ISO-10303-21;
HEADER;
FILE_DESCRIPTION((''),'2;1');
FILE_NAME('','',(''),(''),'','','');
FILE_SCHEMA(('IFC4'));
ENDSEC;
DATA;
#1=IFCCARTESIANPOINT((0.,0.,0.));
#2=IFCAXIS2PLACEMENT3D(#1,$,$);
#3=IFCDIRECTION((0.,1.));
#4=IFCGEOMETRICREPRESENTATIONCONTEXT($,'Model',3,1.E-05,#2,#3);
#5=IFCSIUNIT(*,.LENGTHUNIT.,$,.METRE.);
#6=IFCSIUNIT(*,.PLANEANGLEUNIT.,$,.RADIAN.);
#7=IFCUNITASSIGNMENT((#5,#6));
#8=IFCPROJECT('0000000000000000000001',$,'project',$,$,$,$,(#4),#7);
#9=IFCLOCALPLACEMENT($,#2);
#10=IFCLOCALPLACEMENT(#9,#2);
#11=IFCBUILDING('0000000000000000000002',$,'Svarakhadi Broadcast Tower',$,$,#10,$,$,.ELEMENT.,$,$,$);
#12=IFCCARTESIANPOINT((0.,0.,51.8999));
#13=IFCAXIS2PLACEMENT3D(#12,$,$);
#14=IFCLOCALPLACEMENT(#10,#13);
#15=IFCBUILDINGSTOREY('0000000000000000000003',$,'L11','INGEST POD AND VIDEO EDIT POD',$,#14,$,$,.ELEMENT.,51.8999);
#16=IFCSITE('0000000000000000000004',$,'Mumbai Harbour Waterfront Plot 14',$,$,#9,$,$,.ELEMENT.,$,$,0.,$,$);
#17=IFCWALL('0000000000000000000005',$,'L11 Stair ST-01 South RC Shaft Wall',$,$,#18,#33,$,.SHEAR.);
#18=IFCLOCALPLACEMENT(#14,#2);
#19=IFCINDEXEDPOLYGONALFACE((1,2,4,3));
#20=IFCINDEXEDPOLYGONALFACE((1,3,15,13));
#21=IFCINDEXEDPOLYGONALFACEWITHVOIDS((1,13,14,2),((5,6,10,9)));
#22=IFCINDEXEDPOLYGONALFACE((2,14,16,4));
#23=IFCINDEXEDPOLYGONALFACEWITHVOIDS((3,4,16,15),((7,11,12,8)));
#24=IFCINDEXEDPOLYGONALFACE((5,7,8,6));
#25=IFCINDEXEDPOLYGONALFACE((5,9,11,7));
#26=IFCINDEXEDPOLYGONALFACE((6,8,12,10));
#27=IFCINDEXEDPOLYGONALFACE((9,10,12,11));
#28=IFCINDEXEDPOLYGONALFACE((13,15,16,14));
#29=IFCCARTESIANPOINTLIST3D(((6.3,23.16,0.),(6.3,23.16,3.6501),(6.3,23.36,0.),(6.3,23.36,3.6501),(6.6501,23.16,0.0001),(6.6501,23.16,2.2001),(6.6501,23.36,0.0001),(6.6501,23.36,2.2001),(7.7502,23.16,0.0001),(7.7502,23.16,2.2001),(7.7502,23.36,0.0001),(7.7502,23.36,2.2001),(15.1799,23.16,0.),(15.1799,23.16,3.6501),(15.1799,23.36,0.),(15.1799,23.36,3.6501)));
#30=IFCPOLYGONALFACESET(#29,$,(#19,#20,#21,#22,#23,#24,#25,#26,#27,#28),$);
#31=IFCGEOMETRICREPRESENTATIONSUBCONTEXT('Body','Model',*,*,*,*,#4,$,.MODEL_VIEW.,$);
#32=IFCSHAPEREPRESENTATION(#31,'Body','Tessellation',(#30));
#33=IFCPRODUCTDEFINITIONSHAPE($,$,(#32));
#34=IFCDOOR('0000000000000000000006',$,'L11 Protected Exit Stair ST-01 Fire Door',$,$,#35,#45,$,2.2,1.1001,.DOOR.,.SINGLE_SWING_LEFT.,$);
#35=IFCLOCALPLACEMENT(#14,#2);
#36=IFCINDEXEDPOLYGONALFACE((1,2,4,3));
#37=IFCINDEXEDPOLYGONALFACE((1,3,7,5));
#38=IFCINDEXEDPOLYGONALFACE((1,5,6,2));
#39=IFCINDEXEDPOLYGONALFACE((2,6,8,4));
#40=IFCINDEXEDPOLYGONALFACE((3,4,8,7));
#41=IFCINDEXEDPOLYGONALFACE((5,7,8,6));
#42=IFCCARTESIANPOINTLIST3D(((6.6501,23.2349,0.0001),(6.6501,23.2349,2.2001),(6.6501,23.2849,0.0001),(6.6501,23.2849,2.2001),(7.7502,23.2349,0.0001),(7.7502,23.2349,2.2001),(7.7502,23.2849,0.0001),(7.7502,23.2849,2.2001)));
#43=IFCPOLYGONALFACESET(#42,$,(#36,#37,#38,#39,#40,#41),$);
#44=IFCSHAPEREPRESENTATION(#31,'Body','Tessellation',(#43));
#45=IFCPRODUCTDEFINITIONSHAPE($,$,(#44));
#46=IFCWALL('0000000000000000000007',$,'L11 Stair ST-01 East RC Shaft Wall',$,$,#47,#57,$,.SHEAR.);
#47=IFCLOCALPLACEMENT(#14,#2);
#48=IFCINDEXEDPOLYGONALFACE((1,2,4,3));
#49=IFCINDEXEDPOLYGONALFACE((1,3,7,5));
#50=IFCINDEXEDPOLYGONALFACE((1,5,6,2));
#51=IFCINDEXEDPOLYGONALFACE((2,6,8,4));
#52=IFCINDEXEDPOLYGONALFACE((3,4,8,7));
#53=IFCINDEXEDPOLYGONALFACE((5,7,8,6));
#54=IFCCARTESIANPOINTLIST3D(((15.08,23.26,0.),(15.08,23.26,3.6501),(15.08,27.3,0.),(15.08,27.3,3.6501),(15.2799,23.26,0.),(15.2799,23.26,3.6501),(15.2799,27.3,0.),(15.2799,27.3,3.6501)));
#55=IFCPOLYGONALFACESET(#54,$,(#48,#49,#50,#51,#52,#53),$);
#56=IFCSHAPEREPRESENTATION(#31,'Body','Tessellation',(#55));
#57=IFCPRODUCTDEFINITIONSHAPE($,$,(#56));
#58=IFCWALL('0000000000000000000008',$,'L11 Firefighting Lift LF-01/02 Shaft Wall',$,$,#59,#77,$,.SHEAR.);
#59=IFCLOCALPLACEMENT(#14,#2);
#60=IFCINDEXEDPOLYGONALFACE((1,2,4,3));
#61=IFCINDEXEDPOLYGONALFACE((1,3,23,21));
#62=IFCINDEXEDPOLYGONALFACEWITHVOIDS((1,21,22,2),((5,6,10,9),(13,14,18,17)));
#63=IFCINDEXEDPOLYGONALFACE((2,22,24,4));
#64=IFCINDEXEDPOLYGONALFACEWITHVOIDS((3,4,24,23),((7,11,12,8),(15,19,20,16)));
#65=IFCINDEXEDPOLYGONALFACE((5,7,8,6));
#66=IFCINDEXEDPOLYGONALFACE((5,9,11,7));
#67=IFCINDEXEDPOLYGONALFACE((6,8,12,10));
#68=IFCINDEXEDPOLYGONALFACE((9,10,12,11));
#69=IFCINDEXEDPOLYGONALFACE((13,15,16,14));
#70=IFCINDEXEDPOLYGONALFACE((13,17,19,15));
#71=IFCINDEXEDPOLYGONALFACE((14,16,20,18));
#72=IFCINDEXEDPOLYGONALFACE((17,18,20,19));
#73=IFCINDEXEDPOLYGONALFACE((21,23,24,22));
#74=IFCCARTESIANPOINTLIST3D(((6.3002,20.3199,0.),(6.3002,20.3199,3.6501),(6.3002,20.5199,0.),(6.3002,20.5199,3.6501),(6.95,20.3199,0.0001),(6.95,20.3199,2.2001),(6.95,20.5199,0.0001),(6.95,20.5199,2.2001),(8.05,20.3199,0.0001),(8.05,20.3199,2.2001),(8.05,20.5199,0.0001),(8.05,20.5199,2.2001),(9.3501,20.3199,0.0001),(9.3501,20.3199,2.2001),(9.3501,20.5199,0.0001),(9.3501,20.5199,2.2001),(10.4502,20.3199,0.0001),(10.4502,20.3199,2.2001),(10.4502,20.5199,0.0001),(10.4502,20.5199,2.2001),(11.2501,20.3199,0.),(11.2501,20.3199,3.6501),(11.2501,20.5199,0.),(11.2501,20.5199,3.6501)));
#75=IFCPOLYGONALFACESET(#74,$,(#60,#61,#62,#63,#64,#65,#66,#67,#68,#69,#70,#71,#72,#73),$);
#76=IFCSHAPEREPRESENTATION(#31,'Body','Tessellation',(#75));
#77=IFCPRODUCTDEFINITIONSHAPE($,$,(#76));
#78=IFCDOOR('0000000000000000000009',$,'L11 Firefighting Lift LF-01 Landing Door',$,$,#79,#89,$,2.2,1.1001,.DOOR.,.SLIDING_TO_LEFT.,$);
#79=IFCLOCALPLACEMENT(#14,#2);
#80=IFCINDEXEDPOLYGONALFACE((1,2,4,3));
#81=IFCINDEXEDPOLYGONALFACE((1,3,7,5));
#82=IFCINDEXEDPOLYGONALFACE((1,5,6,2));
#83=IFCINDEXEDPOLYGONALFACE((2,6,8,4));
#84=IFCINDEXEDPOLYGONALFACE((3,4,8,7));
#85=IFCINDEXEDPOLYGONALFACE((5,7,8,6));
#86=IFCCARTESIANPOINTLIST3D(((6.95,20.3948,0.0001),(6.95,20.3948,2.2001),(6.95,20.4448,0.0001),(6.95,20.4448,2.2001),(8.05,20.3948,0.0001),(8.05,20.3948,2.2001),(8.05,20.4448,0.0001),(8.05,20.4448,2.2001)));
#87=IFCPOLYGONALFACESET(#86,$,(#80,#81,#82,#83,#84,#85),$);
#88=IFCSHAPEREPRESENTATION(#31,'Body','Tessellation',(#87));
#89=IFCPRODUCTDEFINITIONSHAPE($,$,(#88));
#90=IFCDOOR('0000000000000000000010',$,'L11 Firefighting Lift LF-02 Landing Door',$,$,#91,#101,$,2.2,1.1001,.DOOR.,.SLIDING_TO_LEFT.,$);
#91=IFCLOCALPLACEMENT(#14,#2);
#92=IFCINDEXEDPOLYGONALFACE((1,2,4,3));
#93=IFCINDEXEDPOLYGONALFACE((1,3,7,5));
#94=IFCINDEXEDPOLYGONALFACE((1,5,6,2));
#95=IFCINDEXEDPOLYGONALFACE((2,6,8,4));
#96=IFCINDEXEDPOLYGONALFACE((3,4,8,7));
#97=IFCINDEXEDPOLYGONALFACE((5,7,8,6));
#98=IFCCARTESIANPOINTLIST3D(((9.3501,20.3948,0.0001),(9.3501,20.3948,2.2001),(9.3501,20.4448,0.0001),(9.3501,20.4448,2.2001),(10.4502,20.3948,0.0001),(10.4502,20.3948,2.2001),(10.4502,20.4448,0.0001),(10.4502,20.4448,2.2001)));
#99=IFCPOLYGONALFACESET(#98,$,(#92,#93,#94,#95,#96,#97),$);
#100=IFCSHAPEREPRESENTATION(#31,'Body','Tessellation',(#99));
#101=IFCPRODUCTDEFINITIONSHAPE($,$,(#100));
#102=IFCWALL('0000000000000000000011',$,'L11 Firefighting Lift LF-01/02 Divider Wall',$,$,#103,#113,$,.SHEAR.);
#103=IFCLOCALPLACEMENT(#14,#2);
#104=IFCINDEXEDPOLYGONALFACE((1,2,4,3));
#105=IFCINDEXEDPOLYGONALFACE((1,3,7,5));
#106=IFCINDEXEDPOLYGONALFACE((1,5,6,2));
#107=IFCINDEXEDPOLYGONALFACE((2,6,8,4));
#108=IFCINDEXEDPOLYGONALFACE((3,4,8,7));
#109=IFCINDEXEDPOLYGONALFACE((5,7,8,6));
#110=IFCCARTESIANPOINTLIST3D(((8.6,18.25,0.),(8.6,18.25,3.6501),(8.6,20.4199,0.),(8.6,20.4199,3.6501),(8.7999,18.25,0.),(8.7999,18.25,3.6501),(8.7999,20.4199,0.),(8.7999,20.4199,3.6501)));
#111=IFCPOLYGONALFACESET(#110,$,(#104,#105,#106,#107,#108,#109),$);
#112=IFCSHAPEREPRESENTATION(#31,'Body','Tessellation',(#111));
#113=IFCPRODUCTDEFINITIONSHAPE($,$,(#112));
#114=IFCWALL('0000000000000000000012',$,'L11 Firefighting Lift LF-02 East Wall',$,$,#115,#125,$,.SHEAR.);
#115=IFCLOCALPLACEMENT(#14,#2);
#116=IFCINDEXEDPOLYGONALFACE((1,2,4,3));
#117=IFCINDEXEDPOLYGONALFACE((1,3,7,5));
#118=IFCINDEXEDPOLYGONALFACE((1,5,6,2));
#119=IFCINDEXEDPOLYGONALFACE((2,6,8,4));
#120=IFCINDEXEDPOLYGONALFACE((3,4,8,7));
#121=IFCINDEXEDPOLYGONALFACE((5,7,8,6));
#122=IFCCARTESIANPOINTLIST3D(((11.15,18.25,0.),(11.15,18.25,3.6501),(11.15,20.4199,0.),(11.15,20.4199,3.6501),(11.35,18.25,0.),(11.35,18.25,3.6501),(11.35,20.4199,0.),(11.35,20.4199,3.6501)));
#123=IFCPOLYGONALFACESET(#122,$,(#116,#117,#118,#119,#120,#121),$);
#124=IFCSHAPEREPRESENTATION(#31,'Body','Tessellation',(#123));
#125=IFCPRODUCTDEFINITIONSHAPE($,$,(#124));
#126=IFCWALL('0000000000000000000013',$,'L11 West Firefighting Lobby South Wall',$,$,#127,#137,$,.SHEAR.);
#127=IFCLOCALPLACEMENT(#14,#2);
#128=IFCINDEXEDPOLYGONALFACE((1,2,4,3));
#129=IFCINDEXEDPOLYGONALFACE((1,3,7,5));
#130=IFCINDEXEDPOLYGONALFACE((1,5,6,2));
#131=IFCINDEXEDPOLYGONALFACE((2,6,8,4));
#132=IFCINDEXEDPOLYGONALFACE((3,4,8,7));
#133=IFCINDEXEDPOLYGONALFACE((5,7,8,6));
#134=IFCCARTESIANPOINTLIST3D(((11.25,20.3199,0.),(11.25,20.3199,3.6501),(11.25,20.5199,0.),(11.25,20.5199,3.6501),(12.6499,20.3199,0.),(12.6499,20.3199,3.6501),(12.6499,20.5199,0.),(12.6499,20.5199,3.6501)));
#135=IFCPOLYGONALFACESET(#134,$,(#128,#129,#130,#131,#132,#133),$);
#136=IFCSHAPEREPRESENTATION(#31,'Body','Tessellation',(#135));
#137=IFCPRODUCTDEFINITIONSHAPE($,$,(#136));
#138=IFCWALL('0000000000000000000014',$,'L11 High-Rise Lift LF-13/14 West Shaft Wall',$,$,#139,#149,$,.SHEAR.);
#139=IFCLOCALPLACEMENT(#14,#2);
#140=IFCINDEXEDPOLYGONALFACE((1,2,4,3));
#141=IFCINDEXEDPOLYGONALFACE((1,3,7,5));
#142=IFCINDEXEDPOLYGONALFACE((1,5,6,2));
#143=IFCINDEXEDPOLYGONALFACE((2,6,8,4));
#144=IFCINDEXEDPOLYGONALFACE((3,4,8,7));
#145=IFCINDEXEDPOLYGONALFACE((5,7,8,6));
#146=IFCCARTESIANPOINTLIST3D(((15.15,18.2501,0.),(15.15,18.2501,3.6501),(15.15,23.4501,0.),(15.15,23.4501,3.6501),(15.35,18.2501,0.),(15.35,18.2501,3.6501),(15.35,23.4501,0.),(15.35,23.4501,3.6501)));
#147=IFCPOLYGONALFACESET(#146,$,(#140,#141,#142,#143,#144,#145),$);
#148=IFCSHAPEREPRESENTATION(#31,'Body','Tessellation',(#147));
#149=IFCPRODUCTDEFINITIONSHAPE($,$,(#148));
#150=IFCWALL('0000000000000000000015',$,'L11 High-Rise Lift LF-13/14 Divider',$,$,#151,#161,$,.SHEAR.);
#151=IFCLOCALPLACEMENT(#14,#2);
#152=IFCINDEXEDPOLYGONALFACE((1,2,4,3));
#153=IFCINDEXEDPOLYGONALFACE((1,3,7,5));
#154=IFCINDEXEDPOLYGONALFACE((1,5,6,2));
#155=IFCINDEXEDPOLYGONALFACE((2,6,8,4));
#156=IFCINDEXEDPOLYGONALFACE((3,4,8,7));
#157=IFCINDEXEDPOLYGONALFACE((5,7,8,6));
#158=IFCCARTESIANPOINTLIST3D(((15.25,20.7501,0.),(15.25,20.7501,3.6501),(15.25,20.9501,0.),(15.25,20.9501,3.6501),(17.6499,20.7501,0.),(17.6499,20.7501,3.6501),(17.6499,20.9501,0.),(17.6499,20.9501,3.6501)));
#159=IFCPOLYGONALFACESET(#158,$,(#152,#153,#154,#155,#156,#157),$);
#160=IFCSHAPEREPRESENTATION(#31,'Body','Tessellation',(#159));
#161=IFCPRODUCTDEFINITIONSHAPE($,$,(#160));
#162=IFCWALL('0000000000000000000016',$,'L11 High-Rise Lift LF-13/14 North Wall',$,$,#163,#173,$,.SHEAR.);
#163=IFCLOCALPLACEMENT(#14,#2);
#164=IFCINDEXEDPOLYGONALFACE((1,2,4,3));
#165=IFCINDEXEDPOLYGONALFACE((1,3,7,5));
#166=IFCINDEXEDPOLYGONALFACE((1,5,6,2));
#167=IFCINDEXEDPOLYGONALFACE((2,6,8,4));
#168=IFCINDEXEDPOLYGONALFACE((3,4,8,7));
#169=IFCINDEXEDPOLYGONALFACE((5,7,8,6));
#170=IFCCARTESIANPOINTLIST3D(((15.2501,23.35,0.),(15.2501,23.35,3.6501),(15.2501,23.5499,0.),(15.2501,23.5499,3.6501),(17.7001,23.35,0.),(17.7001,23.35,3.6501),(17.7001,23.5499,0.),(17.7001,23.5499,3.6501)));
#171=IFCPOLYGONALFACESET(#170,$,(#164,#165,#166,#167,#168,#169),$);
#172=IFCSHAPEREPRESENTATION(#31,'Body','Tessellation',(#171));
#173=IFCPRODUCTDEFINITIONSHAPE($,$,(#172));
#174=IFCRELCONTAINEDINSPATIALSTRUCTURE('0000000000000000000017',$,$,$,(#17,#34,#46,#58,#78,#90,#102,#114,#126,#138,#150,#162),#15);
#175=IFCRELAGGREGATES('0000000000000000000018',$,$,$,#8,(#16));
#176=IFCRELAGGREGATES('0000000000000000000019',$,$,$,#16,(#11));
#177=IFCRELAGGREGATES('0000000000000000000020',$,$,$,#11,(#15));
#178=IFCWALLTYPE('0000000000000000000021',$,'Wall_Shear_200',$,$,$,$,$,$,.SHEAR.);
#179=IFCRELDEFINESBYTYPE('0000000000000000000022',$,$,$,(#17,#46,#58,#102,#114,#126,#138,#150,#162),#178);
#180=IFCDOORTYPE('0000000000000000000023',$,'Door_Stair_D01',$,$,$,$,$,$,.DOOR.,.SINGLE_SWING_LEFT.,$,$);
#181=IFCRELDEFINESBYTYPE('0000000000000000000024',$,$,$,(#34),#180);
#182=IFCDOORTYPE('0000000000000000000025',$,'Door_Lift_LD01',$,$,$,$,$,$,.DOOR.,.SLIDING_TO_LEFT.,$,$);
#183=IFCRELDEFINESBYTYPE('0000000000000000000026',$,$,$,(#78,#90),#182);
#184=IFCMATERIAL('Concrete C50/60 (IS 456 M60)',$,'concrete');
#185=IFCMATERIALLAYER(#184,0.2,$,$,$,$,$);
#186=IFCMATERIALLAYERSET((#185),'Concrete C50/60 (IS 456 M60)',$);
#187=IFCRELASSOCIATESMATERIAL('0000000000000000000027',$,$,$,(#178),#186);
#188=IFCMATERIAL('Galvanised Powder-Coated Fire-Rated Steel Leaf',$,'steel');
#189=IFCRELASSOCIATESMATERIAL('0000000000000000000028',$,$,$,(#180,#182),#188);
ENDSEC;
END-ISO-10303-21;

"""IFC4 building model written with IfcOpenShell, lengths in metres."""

from ifc_helpers import new_model, si_unit, direction, frame, frame_2d, origin, place, context, subcontext, project, spatial, rectangle, extrude, material, layer, layer_set, type_object, element, fill, save


model = new_model("IFC4")

# Units and contexts
model_context = context("Model", 3, precision=1e-05, world=origin(), true_north=direction((0.0, 1.0)))
body_context = subcontext(model_context, "Body", "Model", "MODEL_VIEW")
ifc_project = project(units=[si_unit("LENGTHUNIT", "METRE"), si_unit("PLANEANGLEUNIT", "RADIAN")], contexts=[model_context])

# Site, building, storey
site_placement = place(None, origin())
site = spatial("IfcSite", under=ifc_project, at=site_placement, Name="Mumbai Harbour Waterfront Plot 14", CompositionType="ELEMENT", RefElevation=0.0)
building_placement = place(site_placement, origin())
building = spatial("IfcBuilding", under=site, at=building_placement, Name="Svarakhadi Broadcast Tower", CompositionType="ELEMENT")
storey_placement = place(building_placement, frame((0.0, 0.0, 51.8999)))
storey = spatial("IfcBuildingStorey", under=building, at=storey_placement, Name="L11", Description="INGEST POD AND VIDEO EDIT POD", CompositionType="ELEMENT", Elevation=51.8999)

# Shared definitions
ifc_material_1 = material(Name="Concrete C50/60 (IS 456 M60)", Category="concrete")

# Wall, opening, door
ifc_layer = layer(ifc_material_1, 0.2)
ifc_layer_set = layer_set([ifc_layer], Name="Concrete C50/60 (IS 456 M60)")
wall_type = type_object("IfcWallType", Name="Wall_Shear_200", PredefinedType="SHEAR", material=ifc_layer_set)
wall_1_placement = place(storey_placement, frame((6.3, 23.26, 0.0), z_axis=(0.0, 0.0, 1.0), x_axis=(1.0, 0.0, 0.0)))
wall_1 = element("IfcWall", 1, at=wall_1_placement, inside=storey, type_object=wall_type, Name="L11 Stair ST-01 South RC Shaft Wall", PredefinedType="SHEAR", context=body_context, shape_type="SweptSolid", body=[
    extrude(rectangle(XDim=8.8799, YDim=0.2, at=frame_2d((4.4399, 0.0))), origin(), (0.0, 0.0, 1.0), 3.6501),
])
opening_1_placement = place(wall_1_placement, frame((0.3501, 0.0, 0.0)))
opening_1 = element("IfcOpeningElement", 2, at=opening_1_placement, cuts=wall_1, PredefinedType="OPENING", context=body_context, shape_type="SweptSolid", body=[
    extrude(rectangle(XDim=1.1001, YDim=2.2, at=frame_2d((0.55, 1.1001))), frame((0.0, 0.1099, 0.0), z_axis=(0.0, -1.0, 0.0), x_axis=(1.0, 0.0, 0.0)), (0.0, 0.0, 1.0), 0.22),
])
ifc_material_2 = material(Name="Galvanised Powder-Coated Fire-Rated Steel Leaf", Category="steel")
door_type_1 = type_object("IfcDoorType", Name="Door_Stair_D01", OperationType="SINGLE_SWING_LEFT", PredefinedType="DOOR", material=ifc_material_2)
door_1_placement = place(opening_1_placement, origin())
door_1 = element("IfcDoor", 3, at=door_1_placement, inside=storey, type_object=door_type_1, Name="L11 Protected Exit Stair ST-01 Fire Door", OperationType="SINGLE_SWING_LEFT", OverallHeight=2.2, OverallWidth=1.1001, PredefinedType="DOOR", context=body_context, shape_type="SweptSolid", body=[
    extrude(rectangle(XDim=1.1001, YDim=2.2, at=frame_2d((0.55, 1.1001))), frame((0.0, 0.0249, 0.0), z_axis=(0.0, -1.0, 0.0), x_axis=(1.0, 0.0, 0.0)), (0.0, 0.0, 1.0), 0.05),
])
fill(opening_1, door_1)

# Wall
wall_2_placement = place(storey_placement, frame((15.1799, 23.26, 0.0), z_axis=(0.0, 0.0, 1.0), x_axis=(0.0, 1.0, 0.0)))
element("IfcWall", 4, at=wall_2_placement, inside=storey, type_object=wall_type, Name="L11 Stair ST-01 East RC Shaft Wall", PredefinedType="SHEAR", context=body_context, shape_type="SweptSolid", body=[
    extrude(rectangle(XDim=4.04, YDim=0.2, at=frame_2d((2.02, 0.0))), origin(), (0.0, 0.0, 1.0), 3.6501),
])

# Wall, openings, doors
wall_3_placement = place(storey_placement, frame((6.3, 20.4199, 0.0), z_axis=(0.0, 0.0, 1.0), x_axis=(1.0, 0.0, 0.0)))
wall_3 = element("IfcWall", 5, at=wall_3_placement, inside=storey, type_object=wall_type, Name="L11 Firefighting Lift LF-01/02 Shaft Wall", PredefinedType="SHEAR", context=body_context, shape_type="SweptSolid", body=[
    extrude(rectangle(XDim=4.95, YDim=0.2, at=frame_2d((2.4751, 0.0))), origin(), (0.0, 0.0, 1.0), 3.6501),
])
opening_2_placement = place(wall_3_placement, frame((0.6499, 0.0, 0.0)))
opening_2 = element("IfcOpeningElement", 6, at=opening_2_placement, cuts=wall_3, PredefinedType="OPENING", context=body_context, shape_type="SweptSolid", body=[
    extrude(rectangle(XDim=1.1001, YDim=2.2, at=frame_2d((0.55, 1.1001))), frame((0.0, 0.1099, 0.0), z_axis=(0.0, -1.0, 0.0), x_axis=(1.0, 0.0, 0.0)), (0.0, 0.0, 1.0), 0.22),
])
opening_3_placement = place(wall_3_placement, frame((3.05, 0.0, 0.0)))
opening_3 = element("IfcOpeningElement", 7, at=opening_3_placement, cuts=wall_3, PredefinedType="OPENING", context=body_context, shape_type="SweptSolid", body=[
    extrude(rectangle(XDim=1.1001, YDim=2.2, at=frame_2d((0.55, 1.1001))), frame((0.0, 0.1099, 0.0), z_axis=(0.0, -1.0, 0.0), x_axis=(1.0, 0.0, 0.0)), (0.0, 0.0, 1.0), 0.22),
])
door_type_2 = type_object("IfcDoorType", Name="Door_Lift_LD01", OperationType="SLIDING_TO_LEFT", PredefinedType="DOOR", material=ifc_material_2)
door_2_placement = place(opening_2_placement, origin())
door_2 = element("IfcDoor", 8, at=door_2_placement, inside=storey, type_object=door_type_2, Name="L11 Firefighting Lift LF-01 Landing Door", OperationType="SLIDING_TO_LEFT", OverallHeight=2.2, OverallWidth=1.1001, PredefinedType="DOOR", context=body_context, shape_type="SweptSolid", body=[
    extrude(rectangle(XDim=1.1001, YDim=2.2, at=frame_2d((0.55, 1.1001))), frame((0.0, 0.0249, 0.0), z_axis=(0.0, -1.0, 0.0), x_axis=(1.0, 0.0, 0.0)), (0.0, 0.0, 1.0), 0.05),
])
fill(opening_2, door_2)
door_3_placement = place(opening_3_placement, origin())
door_3 = element("IfcDoor", 9, at=door_3_placement, inside=storey, type_object=door_type_2, Name="L11 Firefighting Lift LF-02 Landing Door", OperationType="SLIDING_TO_LEFT", OverallHeight=2.2, OverallWidth=1.1001, PredefinedType="DOOR", context=body_context, shape_type="SweptSolid", body=[
    extrude(rectangle(XDim=1.1001, YDim=2.2, at=frame_2d((0.55, 1.1001))), frame((0.0, 0.0249, 0.0), z_axis=(0.0, -1.0, 0.0), x_axis=(1.0, 0.0, 0.0)), (0.0, 0.0, 1.0), 0.05),
])
fill(opening_3, door_3)

# Walls
for number, where, z_axis, x_axis, name in (
    (10, (8.7, 18.25, 0.0), (0.0, 0.0, 1.0), (0.0, 1.0, 0.0), "L11 Firefighting Lift LF-01/02 Divider Wall"),
    (11, (11.25, 18.25, 0.0), (0.0, 0.0, 1.0), (0.0, 1.0, 0.0), "L11 Firefighting Lift LF-02 East Wall"),
):
    element("IfcWall", number, at=place(storey_placement, frame(where, z_axis=z_axis, x_axis=x_axis)), inside=storey, type_object=wall_type, Name=name, PredefinedType="SHEAR", context=body_context, shape_type="SweptSolid", body=[
        extrude(rectangle(XDim=2.1699, YDim=0.2, at=frame_2d((1.085, 0.0))), origin(), (0.0, 0.0, 1.0), 3.6501),
    ])
wall_4_placement = place(storey_placement, frame((11.25, 20.4199, 0.0), z_axis=(0.0, 0.0, 1.0), x_axis=(1.0, 0.0, 0.0)))
element("IfcWall", 12, at=wall_4_placement, inside=storey, type_object=wall_type, Name="L11 West Firefighting Lobby South Wall", PredefinedType="SHEAR", context=body_context, shape_type="SweptSolid", body=[
    extrude(rectangle(XDim=1.3999, YDim=0.2, at=frame_2d((0.7, 0.0))), origin(), (0.0, 0.0, 1.0), 3.6501),
])

# Walls
wall_5_placement = place(storey_placement, frame((15.25, 18.25, 0.0), z_axis=(0.0, 0.0, 1.0), x_axis=(0.0, 1.0, 0.0)))
element("IfcWall", 13, at=wall_5_placement, inside=storey, type_object=wall_type, Name="L11 High-Rise Lift LF-13/14 West Shaft Wall", PredefinedType="SHEAR", context=body_context, shape_type="SweptSolid", body=[
    extrude(rectangle(XDim=5.2, YDim=0.2, at=frame_2d((2.6001, 0.0))), origin(), (0.0, 0.0, 1.0), 3.6501),
])
wall_6_placement = place(storey_placement, frame((15.25, 20.8501, 0.0), z_axis=(0.0, 0.0, 1.0), x_axis=(1.0, 0.0, 0.0)))
element("IfcWall", 14, at=wall_6_placement, inside=storey, type_object=wall_type, Name="L11 High-Rise Lift LF-13/14 Divider", PredefinedType="SHEAR", context=body_context, shape_type="SweptSolid", body=[
    extrude(rectangle(XDim=2.3999, YDim=0.2, at=frame_2d((1.2, 0.0))), origin(), (0.0, 0.0, 1.0), 3.6501),
])
wall_7_placement = place(storey_placement, frame((15.25, 23.45, 0.0), z_axis=(0.0, 0.0, 1.0), x_axis=(1.0, 0.0, 0.0)))
element("IfcWall", 15, at=wall_7_placement, inside=storey, type_object=wall_type, Name="L11 High-Rise Lift LF-13/14 North Wall", PredefinedType="SHEAR", context=body_context, shape_type="SweptSolid", body=[
    extrude(rectangle(XDim=2.45, YDim=0.2, at=frame_2d((1.2251, 0.0))), origin(), (0.0, 0.0, 1.0), 3.6501),
])

save(model, "model.ifc")
